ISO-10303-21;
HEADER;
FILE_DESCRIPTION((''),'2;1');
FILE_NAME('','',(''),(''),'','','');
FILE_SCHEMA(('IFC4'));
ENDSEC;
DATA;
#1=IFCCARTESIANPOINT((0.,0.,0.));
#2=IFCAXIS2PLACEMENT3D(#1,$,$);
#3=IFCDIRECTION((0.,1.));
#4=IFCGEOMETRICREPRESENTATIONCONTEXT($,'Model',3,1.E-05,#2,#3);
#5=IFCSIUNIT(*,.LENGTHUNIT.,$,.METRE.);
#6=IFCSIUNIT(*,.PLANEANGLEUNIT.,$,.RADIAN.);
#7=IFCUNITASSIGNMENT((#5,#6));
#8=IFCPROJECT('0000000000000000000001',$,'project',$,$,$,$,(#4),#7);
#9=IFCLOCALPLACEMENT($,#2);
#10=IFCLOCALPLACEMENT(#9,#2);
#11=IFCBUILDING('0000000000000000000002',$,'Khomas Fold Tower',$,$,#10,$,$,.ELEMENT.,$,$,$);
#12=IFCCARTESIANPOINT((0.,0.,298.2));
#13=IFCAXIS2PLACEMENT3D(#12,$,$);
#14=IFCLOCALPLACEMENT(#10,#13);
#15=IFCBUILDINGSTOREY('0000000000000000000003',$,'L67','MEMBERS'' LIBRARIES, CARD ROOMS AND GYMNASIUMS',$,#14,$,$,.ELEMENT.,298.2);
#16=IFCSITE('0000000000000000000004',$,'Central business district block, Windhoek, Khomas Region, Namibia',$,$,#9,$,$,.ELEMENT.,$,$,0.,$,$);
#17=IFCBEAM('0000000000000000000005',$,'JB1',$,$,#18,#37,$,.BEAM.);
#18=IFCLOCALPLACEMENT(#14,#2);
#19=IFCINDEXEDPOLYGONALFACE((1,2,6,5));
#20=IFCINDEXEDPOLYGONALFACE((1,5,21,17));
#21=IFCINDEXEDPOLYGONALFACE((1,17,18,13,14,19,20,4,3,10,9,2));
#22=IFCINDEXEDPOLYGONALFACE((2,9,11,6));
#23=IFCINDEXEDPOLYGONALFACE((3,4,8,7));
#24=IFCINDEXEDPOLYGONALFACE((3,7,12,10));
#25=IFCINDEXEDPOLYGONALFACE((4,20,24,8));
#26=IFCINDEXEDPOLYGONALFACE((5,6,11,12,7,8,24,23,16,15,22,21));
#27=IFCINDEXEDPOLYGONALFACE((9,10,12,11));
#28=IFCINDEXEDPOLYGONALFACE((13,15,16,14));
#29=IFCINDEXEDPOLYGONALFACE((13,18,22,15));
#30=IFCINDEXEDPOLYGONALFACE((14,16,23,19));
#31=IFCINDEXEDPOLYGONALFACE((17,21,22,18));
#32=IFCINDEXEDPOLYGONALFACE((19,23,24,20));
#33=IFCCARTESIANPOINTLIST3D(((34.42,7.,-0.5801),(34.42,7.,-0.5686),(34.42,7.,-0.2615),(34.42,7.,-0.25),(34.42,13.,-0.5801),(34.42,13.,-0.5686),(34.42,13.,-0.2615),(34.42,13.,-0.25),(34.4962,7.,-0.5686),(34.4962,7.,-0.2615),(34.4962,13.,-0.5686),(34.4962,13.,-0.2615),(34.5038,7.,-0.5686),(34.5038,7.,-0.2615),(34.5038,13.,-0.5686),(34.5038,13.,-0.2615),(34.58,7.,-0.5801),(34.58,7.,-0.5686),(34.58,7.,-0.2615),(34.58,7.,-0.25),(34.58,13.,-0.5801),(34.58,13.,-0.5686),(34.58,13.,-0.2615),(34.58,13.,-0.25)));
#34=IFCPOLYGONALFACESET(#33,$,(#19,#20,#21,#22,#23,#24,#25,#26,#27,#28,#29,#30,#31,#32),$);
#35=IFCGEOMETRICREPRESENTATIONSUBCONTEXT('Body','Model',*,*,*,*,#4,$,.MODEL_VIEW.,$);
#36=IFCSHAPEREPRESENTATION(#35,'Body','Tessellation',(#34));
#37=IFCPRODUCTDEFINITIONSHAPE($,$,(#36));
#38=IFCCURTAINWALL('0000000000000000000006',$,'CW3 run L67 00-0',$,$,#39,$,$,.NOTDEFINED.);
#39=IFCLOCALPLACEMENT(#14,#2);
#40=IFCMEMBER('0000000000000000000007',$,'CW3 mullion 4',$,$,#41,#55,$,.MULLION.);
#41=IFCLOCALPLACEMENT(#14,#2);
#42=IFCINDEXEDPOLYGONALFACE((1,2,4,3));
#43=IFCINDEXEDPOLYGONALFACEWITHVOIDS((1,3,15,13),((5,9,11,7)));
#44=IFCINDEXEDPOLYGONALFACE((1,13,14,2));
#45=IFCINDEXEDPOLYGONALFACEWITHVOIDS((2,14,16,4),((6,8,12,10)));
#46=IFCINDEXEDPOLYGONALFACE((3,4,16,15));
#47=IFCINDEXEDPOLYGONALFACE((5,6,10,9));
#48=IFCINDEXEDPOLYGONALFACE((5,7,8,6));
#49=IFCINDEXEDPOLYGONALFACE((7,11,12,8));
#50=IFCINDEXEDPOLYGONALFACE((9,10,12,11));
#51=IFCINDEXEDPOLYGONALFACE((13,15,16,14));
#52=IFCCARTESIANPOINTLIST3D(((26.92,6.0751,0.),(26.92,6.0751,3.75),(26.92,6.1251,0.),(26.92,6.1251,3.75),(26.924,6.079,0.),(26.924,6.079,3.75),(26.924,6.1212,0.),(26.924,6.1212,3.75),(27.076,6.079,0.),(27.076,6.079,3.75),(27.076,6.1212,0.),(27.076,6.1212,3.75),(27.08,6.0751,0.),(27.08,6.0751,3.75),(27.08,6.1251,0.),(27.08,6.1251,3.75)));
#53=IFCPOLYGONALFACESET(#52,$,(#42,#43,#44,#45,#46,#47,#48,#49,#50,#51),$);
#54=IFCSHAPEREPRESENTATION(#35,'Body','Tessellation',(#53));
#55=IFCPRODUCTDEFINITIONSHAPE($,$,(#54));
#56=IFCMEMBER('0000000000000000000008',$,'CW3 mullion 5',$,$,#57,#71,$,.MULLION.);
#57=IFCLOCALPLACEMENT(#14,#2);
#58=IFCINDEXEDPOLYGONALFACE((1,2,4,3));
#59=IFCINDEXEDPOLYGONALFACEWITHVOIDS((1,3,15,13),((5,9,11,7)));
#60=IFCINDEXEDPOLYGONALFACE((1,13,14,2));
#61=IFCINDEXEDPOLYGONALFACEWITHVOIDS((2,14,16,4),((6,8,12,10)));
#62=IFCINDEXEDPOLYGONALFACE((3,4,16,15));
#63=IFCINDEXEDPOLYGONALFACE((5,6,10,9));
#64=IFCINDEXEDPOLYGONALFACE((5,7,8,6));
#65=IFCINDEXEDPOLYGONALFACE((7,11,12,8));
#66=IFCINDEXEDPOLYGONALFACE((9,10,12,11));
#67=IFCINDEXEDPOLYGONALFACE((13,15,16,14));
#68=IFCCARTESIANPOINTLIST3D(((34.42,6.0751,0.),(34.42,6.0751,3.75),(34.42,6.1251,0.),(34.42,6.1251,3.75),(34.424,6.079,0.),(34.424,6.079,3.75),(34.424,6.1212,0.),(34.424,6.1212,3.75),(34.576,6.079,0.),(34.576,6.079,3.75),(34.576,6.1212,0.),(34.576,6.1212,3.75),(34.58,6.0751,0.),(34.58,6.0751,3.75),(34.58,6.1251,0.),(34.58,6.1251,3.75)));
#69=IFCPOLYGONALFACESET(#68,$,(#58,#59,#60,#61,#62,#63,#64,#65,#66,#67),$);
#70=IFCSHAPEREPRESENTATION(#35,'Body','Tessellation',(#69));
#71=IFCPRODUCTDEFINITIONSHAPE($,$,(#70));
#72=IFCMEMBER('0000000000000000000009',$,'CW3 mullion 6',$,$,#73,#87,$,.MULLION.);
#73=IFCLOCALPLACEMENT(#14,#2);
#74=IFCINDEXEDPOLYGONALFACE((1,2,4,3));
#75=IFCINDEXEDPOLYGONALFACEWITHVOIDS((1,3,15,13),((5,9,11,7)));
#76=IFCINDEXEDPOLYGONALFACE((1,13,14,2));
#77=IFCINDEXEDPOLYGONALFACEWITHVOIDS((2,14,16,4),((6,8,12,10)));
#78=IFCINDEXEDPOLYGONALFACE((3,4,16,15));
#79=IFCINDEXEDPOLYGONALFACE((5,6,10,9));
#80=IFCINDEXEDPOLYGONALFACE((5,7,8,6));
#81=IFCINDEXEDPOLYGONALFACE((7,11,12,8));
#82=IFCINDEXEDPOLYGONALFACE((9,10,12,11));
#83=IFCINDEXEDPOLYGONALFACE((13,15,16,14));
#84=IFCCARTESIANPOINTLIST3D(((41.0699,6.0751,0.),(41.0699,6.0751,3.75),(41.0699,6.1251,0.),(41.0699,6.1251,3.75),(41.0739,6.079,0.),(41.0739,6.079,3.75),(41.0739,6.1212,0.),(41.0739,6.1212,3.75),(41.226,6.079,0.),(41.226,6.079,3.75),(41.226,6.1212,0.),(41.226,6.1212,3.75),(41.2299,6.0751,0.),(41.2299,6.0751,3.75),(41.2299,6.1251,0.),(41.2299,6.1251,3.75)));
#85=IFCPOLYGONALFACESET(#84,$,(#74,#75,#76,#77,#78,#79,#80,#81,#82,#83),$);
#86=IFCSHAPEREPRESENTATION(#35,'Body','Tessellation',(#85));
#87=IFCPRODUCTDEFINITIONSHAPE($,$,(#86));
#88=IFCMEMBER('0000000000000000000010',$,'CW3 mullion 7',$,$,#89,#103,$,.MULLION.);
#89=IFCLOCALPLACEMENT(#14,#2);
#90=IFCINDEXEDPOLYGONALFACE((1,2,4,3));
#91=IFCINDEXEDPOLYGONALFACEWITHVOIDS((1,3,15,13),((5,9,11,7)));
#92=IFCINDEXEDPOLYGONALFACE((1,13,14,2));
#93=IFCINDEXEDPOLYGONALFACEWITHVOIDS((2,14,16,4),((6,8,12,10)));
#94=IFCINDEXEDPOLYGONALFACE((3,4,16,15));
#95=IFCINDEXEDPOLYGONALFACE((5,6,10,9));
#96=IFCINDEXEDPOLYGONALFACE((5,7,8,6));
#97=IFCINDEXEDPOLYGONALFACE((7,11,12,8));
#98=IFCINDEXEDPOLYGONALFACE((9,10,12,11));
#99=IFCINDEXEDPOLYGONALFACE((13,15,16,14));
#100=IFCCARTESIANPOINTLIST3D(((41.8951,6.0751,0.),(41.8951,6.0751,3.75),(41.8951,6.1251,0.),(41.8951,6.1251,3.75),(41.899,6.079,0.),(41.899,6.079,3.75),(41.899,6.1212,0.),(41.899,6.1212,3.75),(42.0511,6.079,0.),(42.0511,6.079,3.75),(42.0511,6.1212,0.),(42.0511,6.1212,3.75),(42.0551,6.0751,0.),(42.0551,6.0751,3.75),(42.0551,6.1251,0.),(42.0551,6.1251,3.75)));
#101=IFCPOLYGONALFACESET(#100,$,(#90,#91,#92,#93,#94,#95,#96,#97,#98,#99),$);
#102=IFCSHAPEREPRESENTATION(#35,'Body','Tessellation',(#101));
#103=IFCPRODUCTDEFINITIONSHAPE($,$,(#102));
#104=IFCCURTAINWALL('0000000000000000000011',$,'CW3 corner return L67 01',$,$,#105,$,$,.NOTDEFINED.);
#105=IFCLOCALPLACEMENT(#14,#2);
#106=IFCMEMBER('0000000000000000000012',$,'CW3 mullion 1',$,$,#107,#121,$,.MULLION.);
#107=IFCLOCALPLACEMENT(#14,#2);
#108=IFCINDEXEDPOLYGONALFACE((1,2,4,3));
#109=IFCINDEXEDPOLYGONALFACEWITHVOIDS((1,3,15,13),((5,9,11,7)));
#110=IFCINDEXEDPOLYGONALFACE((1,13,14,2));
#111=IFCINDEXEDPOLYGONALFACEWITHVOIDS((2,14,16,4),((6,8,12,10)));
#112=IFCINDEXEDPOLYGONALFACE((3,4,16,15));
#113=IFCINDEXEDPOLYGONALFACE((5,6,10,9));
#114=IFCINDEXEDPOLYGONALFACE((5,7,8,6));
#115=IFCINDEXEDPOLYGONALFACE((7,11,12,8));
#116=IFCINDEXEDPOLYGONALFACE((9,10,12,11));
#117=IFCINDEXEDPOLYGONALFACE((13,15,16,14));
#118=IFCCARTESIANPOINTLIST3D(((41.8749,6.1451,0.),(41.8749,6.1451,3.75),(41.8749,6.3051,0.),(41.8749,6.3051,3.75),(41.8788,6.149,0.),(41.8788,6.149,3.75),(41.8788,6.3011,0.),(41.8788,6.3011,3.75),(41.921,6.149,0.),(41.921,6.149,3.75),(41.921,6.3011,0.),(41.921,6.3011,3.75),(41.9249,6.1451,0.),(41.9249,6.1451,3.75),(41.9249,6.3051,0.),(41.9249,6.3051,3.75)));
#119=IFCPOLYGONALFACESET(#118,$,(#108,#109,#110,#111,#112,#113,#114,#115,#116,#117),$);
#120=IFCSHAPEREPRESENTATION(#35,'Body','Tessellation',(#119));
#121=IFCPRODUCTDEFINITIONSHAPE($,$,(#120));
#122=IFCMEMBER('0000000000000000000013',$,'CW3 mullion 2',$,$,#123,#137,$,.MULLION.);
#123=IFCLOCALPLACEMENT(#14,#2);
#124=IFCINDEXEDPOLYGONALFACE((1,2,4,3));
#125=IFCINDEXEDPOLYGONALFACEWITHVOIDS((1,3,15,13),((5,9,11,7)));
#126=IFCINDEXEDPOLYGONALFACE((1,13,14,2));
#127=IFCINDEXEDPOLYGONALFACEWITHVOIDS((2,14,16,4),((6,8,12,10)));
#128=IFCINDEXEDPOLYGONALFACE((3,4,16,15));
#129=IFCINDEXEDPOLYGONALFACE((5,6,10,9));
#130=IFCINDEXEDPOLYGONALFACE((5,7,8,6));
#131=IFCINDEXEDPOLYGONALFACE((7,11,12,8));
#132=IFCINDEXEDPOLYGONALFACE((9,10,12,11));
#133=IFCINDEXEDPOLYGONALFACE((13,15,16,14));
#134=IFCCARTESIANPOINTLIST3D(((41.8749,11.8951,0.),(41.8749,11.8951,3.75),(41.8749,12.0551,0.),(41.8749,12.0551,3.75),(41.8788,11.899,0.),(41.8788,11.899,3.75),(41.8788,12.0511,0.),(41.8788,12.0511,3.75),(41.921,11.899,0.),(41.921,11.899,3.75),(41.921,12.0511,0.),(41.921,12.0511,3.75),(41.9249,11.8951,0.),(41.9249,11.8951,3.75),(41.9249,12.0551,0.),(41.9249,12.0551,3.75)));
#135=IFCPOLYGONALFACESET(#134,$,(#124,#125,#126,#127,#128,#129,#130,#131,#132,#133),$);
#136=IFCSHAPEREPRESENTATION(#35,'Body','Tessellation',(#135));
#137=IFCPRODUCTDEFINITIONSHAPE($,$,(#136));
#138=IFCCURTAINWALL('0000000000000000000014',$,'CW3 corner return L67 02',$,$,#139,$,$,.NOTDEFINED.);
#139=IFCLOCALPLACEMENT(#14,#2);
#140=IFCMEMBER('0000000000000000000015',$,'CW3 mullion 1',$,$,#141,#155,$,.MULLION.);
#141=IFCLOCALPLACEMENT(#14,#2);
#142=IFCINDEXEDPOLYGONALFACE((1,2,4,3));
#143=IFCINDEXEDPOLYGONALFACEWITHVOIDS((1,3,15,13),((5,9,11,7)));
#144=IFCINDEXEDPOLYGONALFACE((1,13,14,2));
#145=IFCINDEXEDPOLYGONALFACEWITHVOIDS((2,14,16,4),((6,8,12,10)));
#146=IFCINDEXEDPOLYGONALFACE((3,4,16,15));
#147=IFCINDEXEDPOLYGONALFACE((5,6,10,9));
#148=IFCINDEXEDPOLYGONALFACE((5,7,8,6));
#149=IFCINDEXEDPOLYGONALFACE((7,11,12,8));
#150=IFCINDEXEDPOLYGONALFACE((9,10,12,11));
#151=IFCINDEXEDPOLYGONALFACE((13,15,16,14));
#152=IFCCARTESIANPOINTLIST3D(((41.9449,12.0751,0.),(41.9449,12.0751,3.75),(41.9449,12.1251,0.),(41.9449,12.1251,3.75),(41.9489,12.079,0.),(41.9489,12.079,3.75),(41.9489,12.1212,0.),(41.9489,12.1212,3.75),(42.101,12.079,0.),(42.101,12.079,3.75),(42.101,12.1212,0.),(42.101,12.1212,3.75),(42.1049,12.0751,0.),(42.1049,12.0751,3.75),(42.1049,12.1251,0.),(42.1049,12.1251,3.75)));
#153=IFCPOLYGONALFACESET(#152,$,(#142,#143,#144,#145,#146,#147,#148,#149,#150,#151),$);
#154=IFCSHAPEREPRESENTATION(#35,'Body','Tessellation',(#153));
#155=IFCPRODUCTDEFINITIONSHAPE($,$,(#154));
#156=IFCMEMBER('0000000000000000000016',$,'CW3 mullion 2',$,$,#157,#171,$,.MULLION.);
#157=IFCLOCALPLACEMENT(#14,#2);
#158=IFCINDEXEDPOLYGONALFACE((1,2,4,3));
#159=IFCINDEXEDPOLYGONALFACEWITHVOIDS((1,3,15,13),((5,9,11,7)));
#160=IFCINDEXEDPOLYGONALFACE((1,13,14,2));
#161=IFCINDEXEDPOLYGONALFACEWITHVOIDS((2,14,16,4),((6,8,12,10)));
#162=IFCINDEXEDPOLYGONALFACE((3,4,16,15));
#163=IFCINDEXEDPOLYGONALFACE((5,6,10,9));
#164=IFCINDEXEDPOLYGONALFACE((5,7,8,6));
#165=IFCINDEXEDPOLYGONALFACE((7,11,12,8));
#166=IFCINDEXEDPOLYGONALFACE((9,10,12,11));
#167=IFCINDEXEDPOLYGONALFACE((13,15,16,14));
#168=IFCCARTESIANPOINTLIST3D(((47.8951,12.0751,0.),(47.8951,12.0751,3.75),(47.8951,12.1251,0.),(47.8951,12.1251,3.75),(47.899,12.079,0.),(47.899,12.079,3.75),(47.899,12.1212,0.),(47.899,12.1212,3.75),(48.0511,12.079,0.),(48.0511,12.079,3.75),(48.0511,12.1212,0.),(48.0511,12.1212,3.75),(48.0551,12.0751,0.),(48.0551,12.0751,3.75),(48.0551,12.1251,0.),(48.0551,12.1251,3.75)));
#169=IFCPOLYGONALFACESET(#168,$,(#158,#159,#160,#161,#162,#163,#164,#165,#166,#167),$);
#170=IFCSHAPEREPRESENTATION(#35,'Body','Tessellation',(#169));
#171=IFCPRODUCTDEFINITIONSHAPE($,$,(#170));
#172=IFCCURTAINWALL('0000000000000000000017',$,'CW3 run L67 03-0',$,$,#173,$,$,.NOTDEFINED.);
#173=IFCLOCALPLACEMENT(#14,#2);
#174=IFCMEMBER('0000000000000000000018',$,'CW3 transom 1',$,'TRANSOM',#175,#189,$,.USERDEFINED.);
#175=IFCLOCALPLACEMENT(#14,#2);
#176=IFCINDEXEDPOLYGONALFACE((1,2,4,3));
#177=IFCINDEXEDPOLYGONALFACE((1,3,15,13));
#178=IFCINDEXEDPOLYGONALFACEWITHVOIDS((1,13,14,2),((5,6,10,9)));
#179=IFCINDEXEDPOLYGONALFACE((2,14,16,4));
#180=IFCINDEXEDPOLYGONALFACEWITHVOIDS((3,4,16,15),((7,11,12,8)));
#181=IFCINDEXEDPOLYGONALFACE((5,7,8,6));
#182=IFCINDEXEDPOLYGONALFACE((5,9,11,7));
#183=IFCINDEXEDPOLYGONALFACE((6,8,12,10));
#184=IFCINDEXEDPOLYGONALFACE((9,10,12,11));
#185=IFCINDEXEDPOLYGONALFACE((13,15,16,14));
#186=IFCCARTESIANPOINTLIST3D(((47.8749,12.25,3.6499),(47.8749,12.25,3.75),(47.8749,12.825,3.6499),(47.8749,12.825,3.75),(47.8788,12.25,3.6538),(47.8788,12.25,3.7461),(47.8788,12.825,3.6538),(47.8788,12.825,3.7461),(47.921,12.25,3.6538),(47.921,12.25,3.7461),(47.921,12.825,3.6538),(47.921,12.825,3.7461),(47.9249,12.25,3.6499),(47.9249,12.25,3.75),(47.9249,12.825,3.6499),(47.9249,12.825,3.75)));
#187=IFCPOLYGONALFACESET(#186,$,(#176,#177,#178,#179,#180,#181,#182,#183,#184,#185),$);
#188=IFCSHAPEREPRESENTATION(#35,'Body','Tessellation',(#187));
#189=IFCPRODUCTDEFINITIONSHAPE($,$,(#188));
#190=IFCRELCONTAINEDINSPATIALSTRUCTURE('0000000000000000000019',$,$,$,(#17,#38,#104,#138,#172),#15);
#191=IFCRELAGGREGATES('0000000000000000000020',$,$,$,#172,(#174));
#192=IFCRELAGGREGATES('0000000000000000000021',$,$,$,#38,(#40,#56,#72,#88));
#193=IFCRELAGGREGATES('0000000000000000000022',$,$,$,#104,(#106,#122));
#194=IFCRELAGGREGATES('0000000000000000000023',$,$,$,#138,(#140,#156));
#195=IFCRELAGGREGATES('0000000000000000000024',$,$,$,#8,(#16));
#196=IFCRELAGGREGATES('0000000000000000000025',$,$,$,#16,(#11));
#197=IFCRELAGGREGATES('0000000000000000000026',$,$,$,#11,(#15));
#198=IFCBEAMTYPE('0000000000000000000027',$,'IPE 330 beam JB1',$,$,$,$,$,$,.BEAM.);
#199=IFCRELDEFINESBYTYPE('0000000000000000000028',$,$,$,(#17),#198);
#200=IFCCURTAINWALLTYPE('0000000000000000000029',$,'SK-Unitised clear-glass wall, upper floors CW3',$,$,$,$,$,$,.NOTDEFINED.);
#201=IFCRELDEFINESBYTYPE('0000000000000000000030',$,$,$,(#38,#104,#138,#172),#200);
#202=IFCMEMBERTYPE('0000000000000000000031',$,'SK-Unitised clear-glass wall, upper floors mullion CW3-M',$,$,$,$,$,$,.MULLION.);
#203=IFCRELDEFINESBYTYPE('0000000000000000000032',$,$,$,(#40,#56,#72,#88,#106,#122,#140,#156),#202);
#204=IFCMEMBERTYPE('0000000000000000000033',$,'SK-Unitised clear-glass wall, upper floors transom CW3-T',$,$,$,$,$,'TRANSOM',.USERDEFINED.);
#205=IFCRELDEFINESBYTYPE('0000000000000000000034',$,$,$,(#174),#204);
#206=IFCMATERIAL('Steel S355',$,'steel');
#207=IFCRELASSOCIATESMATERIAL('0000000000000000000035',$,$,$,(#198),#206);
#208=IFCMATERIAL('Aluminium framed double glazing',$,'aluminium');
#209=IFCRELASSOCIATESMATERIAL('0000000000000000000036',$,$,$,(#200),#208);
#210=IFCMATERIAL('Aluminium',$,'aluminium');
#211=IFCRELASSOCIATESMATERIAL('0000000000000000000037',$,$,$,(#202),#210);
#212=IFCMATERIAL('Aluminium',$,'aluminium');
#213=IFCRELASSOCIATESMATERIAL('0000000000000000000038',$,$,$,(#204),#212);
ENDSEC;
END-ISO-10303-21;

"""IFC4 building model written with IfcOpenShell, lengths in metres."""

from ifc_helpers import new_model, si_unit, direction, frame, origin, origin_2d, place, context, subcontext, project, spatial, hollow_rectangle, i_section, extrude, source, transform, mapped, material, material_profile, profile_set, type_object, element, aggregate, save


model = new_model("IFC4")

# Units and contexts
model_context = context("Model", 3, precision=1e-05, world=origin(), true_north=direction((0.0, 1.0)))
body_context = subcontext(model_context, "Body", "Model", "MODEL_VIEW")
ifc_project = project(units=[si_unit("LENGTHUNIT", "METRE"), si_unit("PLANEANGLEUNIT", "RADIAN")], contexts=[model_context])

# Site, building, storey
site_placement = place(None, origin())
site = spatial("IfcSite", under=ifc_project, at=site_placement, Name="Central business district block, Windhoek, Khomas Region, Namibia", CompositionType="ELEMENT", RefElevation=0.0)
building_placement = place(site_placement, origin())
building = spatial("IfcBuilding", under=site, at=building_placement, Name="Khomas Fold Tower", CompositionType="ELEMENT")
storey_placement = place(building_placement, frame((0.0, 0.0, 298.2)))
storey = spatial("IfcBuildingStorey", under=building, at=storey_placement, Name="L67", Description="MEMBERS' LIBRARIES, CARD ROOMS AND GYMNASIUMS", CompositionType="ELEMENT", Elevation=298.2)

# Beam
ifc_material_1 = material(Name="Steel S355", Category="steel")
ifc_material_profile_1 = material_profile(ifc_material_1, i_section(OverallWidth=0.1599, OverallDepth=0.3301, WebThickness=0.0076, FlangeThickness=0.0115, at=origin_2d()), Name="IPE 330")
ifc_profile_set_1 = profile_set([ifc_material_profile_1], Name="Steel S355")
beam_type_1 = type_object("IfcBeamType", Name="IPE 330 beam JB1", PredefinedType="BEAM", material=ifc_profile_set_1)
shared_shape_1 = source(origin(), body_context, "Body", "SweptSolid", [
    extrude(i_section(OverallWidth=0.1599, OverallDepth=0.3301, WebThickness=0.0076, FlangeThickness=0.0115, at=origin_2d()), origin(), (0.0, 0.0, 1.0), 6.0),
])
beam_1_placement = place(storey_placement, frame((34.5, 7.0, -0.415), z_axis=(0.0, 1.0, 0.0), x_axis=(-1.0, 0.0, 0.0)))
element("IfcBeam", 1, at=beam_1_placement, inside=storey, type_object=beam_type_1, Name="JB1", PredefinedType="BEAM", context=body_context, shape_type="MappedRepresentation", body=[
    mapped(shared_shape_1, transform((0.0, 0.0, 0.0))),
])

# Curtain walls, members
ifc_material_2 = material(Name="Aluminium framed double glazing", Category="aluminium")
curtain_wall_type = type_object("IfcCurtainWallType", Name="SK-Unitised clear-glass wall, upper floors CW3", PredefinedType="NOTDEFINED", material=ifc_material_2)
curtain_wall_1_placement = place(storey_placement, origin())
curtain_wall_1 = element("IfcCurtainWall", 2, at=curtain_wall_1_placement, inside=storey, type_object=curtain_wall_type, Name="CW3 run L67 00-0", PredefinedType="NOTDEFINED")
ifc_material_3 = material(Name="Aluminium", Category="aluminium")
ifc_material_profile_2 = material_profile(ifc_material_3, hollow_rectangle(XDim=0.05, YDim=0.1599, WallThickness=0.0039, at=origin_2d()), Name="SK-Unitised clear-glass wall, upper floors mullion CW3-M")
ifc_profile_set_2 = profile_set([ifc_material_profile_2], Name="Aluminium")
member_type_1 = type_object("IfcMemberType", Name="SK-Unitised clear-glass wall, upper floors mullion CW3-M", PredefinedType="MULLION", material=ifc_profile_set_2)
shared_shape_2 = source(origin(), body_context, "Body", "SweptSolid", [
    extrude(hollow_rectangle(XDim=0.05, YDim=0.1599, WallThickness=0.0039, at=origin_2d()), origin(), (0.0, 0.0, 1.0), 3.75),
])
member_1_placement = place(storey_placement, frame((27.0, 6.1001, 0.0), z_axis=(0.0, 0.0, 1.0), x_axis=(0.0, 1.0, 0.0)))
member_1 = element("IfcMember", 3, at=member_1_placement, type_object=member_type_1, Name="CW3 mullion 4", PredefinedType="MULLION", context=body_context, shape_type="MappedRepresentation", body=[
    mapped(shared_shape_2, transform((0.0, 0.0, 0.0))),
])
member_2_placement = place(storey_placement, frame((34.5, 6.1001, 0.0), z_axis=(0.0, 0.0, 1.0), x_axis=(0.0, 1.0, 0.0)))
member_2 = element("IfcMember", 4, at=member_2_placement, type_object=member_type_1, Name="CW3 mullion 5", PredefinedType="MULLION", context=body_context, shape_type="MappedRepresentation", body=[
    mapped(shared_shape_2, transform((0.0, 0.0, 0.0))),
])
member_3_placement = place(storey_placement, frame((41.1499, 6.1001, 0.0), z_axis=(0.0, 0.0, 1.0), x_axis=(0.0, 1.0, 0.0)))
member_3 = element("IfcMember", 5, at=member_3_placement, type_object=member_type_1, Name="CW3 mullion 6", PredefinedType="MULLION", context=body_context, shape_type="MappedRepresentation", body=[
    mapped(shared_shape_2, transform((0.0, 0.0, 0.0))),
])
member_4_placement = place(storey_placement, frame((41.9751, 6.1001, 0.0), z_axis=(0.0, 0.0, 1.0), x_axis=(0.0, 1.0, 0.0)))
member_4 = element("IfcMember", 6, at=member_4_placement, type_object=member_type_1, Name="CW3 mullion 7", PredefinedType="MULLION", context=body_context, shape_type="MappedRepresentation", body=[
    mapped(shared_shape_2, transform((0.0, 0.0, 0.0))),
])
curtain_wall_2_placement = place(storey_placement, origin())
curtain_wall_2 = element("IfcCurtainWall", 7, at=curtain_wall_2_placement, inside=storey, type_object=curtain_wall_type, Name="CW3 corner return L67 01", PredefinedType="NOTDEFINED")
member_5_placement = place(storey_placement, frame((41.8999, 6.2251, 0.0), z_axis=(0.0, 0.0, 1.0), x_axis=(-1.0, 0.0, 0.0)))
member_5 = element("IfcMember", 8, at=member_5_placement, type_object=member_type_1, Name="CW3 mullion 1", PredefinedType="MULLION", context=body_context, shape_type="MappedRepresentation", body=[
    mapped(shared_shape_2, transform((0.0, 0.0, 0.0))),
])
member_6_placement = place(storey_placement, frame((41.8999, 11.9751, 0.0), z_axis=(0.0, 0.0, 1.0), x_axis=(-1.0, 0.0, 0.0)))
member_6 = element("IfcMember", 9, at=member_6_placement, type_object=member_type_1, Name="CW3 mullion 2", PredefinedType="MULLION", context=body_context, shape_type="MappedRepresentation", body=[
    mapped(shared_shape_2, transform((0.0, 0.0, 0.0))),
])
curtain_wall_3_placement = place(storey_placement, origin())
curtain_wall_3 = element("IfcCurtainWall", 10, at=curtain_wall_3_placement, inside=storey, type_object=curtain_wall_type, Name="CW3 corner return L67 02", PredefinedType="NOTDEFINED")
member_7_placement = place(storey_placement, frame((42.0249, 12.1001, 0.0), z_axis=(0.0, 0.0, 1.0), x_axis=(0.0, 1.0, 0.0)))
member_7 = element("IfcMember", 11, at=member_7_placement, type_object=member_type_1, Name="CW3 mullion 1", PredefinedType="MULLION", context=body_context, shape_type="MappedRepresentation", body=[
    mapped(shared_shape_2, transform((0.0, 0.0, 0.0))),
])
member_8_placement = place(storey_placement, frame((47.9751, 12.1001, 0.0), z_axis=(0.0, 0.0, 1.0), x_axis=(0.0, 1.0, 0.0)))
member_8 = element("IfcMember", 12, at=member_8_placement, type_object=member_type_1, Name="CW3 mullion 2", PredefinedType="MULLION", context=body_context, shape_type="MappedRepresentation", body=[
    mapped(shared_shape_2, transform((0.0, 0.0, 0.0))),
])

# Curtain wall, member
curtain_wall_4_placement = place(storey_placement, origin())
curtain_wall_4 = element("IfcCurtainWall", 13, at=curtain_wall_4_placement, inside=storey, type_object=curtain_wall_type, Name="CW3 run L67 03-0", PredefinedType="NOTDEFINED")
ifc_material_4 = material(Name="Aluminium", Category="aluminium")
ifc_material_profile_3 = material_profile(ifc_material_4, hollow_rectangle(XDim=0.05, YDim=0.1001, WallThickness=0.0039, at=origin_2d()), Name="SK-Unitised clear-glass wall, upper floors transom CW3-T")
ifc_profile_set_3 = profile_set([ifc_material_profile_3], Name="Aluminium")
member_type_2 = type_object("IfcMemberType", Name="SK-Unitised clear-glass wall, upper floors transom CW3-T", ElementType="TRANSOM", PredefinedType="USERDEFINED", material=ifc_profile_set_3)
shared_shape_3 = source(origin(), body_context, "Body", "SweptSolid", [
    extrude(hollow_rectangle(XDim=0.05, YDim=0.1001, WallThickness=0.0039, at=origin_2d()), origin(), (0.0, 0.0, 1.0), 0.575),
])
member_9_placement = place(storey_placement, frame((47.8999, 12.25, 3.7), z_axis=(0.0, 1.0, 0.0), x_axis=(-1.0, 0.0, 0.0)))
member_9 = element("IfcMember", 14, at=member_9_placement, type_object=member_type_2, Name="CW3 transom 1", ObjectType="TRANSOM", PredefinedType="USERDEFINED", context=body_context, shape_type="MappedRepresentation", body=[
    mapped(shared_shape_3, transform((0.0, 0.0, 0.0))),
])

aggregate(curtain_wall_4, [member_9])
aggregate(curtain_wall_1, [member_1, member_2, member_3, member_4])
aggregate(curtain_wall_2, [member_5, member_6])
aggregate(curtain_wall_3, [member_7, member_8])

save(model, "model.ifc")
